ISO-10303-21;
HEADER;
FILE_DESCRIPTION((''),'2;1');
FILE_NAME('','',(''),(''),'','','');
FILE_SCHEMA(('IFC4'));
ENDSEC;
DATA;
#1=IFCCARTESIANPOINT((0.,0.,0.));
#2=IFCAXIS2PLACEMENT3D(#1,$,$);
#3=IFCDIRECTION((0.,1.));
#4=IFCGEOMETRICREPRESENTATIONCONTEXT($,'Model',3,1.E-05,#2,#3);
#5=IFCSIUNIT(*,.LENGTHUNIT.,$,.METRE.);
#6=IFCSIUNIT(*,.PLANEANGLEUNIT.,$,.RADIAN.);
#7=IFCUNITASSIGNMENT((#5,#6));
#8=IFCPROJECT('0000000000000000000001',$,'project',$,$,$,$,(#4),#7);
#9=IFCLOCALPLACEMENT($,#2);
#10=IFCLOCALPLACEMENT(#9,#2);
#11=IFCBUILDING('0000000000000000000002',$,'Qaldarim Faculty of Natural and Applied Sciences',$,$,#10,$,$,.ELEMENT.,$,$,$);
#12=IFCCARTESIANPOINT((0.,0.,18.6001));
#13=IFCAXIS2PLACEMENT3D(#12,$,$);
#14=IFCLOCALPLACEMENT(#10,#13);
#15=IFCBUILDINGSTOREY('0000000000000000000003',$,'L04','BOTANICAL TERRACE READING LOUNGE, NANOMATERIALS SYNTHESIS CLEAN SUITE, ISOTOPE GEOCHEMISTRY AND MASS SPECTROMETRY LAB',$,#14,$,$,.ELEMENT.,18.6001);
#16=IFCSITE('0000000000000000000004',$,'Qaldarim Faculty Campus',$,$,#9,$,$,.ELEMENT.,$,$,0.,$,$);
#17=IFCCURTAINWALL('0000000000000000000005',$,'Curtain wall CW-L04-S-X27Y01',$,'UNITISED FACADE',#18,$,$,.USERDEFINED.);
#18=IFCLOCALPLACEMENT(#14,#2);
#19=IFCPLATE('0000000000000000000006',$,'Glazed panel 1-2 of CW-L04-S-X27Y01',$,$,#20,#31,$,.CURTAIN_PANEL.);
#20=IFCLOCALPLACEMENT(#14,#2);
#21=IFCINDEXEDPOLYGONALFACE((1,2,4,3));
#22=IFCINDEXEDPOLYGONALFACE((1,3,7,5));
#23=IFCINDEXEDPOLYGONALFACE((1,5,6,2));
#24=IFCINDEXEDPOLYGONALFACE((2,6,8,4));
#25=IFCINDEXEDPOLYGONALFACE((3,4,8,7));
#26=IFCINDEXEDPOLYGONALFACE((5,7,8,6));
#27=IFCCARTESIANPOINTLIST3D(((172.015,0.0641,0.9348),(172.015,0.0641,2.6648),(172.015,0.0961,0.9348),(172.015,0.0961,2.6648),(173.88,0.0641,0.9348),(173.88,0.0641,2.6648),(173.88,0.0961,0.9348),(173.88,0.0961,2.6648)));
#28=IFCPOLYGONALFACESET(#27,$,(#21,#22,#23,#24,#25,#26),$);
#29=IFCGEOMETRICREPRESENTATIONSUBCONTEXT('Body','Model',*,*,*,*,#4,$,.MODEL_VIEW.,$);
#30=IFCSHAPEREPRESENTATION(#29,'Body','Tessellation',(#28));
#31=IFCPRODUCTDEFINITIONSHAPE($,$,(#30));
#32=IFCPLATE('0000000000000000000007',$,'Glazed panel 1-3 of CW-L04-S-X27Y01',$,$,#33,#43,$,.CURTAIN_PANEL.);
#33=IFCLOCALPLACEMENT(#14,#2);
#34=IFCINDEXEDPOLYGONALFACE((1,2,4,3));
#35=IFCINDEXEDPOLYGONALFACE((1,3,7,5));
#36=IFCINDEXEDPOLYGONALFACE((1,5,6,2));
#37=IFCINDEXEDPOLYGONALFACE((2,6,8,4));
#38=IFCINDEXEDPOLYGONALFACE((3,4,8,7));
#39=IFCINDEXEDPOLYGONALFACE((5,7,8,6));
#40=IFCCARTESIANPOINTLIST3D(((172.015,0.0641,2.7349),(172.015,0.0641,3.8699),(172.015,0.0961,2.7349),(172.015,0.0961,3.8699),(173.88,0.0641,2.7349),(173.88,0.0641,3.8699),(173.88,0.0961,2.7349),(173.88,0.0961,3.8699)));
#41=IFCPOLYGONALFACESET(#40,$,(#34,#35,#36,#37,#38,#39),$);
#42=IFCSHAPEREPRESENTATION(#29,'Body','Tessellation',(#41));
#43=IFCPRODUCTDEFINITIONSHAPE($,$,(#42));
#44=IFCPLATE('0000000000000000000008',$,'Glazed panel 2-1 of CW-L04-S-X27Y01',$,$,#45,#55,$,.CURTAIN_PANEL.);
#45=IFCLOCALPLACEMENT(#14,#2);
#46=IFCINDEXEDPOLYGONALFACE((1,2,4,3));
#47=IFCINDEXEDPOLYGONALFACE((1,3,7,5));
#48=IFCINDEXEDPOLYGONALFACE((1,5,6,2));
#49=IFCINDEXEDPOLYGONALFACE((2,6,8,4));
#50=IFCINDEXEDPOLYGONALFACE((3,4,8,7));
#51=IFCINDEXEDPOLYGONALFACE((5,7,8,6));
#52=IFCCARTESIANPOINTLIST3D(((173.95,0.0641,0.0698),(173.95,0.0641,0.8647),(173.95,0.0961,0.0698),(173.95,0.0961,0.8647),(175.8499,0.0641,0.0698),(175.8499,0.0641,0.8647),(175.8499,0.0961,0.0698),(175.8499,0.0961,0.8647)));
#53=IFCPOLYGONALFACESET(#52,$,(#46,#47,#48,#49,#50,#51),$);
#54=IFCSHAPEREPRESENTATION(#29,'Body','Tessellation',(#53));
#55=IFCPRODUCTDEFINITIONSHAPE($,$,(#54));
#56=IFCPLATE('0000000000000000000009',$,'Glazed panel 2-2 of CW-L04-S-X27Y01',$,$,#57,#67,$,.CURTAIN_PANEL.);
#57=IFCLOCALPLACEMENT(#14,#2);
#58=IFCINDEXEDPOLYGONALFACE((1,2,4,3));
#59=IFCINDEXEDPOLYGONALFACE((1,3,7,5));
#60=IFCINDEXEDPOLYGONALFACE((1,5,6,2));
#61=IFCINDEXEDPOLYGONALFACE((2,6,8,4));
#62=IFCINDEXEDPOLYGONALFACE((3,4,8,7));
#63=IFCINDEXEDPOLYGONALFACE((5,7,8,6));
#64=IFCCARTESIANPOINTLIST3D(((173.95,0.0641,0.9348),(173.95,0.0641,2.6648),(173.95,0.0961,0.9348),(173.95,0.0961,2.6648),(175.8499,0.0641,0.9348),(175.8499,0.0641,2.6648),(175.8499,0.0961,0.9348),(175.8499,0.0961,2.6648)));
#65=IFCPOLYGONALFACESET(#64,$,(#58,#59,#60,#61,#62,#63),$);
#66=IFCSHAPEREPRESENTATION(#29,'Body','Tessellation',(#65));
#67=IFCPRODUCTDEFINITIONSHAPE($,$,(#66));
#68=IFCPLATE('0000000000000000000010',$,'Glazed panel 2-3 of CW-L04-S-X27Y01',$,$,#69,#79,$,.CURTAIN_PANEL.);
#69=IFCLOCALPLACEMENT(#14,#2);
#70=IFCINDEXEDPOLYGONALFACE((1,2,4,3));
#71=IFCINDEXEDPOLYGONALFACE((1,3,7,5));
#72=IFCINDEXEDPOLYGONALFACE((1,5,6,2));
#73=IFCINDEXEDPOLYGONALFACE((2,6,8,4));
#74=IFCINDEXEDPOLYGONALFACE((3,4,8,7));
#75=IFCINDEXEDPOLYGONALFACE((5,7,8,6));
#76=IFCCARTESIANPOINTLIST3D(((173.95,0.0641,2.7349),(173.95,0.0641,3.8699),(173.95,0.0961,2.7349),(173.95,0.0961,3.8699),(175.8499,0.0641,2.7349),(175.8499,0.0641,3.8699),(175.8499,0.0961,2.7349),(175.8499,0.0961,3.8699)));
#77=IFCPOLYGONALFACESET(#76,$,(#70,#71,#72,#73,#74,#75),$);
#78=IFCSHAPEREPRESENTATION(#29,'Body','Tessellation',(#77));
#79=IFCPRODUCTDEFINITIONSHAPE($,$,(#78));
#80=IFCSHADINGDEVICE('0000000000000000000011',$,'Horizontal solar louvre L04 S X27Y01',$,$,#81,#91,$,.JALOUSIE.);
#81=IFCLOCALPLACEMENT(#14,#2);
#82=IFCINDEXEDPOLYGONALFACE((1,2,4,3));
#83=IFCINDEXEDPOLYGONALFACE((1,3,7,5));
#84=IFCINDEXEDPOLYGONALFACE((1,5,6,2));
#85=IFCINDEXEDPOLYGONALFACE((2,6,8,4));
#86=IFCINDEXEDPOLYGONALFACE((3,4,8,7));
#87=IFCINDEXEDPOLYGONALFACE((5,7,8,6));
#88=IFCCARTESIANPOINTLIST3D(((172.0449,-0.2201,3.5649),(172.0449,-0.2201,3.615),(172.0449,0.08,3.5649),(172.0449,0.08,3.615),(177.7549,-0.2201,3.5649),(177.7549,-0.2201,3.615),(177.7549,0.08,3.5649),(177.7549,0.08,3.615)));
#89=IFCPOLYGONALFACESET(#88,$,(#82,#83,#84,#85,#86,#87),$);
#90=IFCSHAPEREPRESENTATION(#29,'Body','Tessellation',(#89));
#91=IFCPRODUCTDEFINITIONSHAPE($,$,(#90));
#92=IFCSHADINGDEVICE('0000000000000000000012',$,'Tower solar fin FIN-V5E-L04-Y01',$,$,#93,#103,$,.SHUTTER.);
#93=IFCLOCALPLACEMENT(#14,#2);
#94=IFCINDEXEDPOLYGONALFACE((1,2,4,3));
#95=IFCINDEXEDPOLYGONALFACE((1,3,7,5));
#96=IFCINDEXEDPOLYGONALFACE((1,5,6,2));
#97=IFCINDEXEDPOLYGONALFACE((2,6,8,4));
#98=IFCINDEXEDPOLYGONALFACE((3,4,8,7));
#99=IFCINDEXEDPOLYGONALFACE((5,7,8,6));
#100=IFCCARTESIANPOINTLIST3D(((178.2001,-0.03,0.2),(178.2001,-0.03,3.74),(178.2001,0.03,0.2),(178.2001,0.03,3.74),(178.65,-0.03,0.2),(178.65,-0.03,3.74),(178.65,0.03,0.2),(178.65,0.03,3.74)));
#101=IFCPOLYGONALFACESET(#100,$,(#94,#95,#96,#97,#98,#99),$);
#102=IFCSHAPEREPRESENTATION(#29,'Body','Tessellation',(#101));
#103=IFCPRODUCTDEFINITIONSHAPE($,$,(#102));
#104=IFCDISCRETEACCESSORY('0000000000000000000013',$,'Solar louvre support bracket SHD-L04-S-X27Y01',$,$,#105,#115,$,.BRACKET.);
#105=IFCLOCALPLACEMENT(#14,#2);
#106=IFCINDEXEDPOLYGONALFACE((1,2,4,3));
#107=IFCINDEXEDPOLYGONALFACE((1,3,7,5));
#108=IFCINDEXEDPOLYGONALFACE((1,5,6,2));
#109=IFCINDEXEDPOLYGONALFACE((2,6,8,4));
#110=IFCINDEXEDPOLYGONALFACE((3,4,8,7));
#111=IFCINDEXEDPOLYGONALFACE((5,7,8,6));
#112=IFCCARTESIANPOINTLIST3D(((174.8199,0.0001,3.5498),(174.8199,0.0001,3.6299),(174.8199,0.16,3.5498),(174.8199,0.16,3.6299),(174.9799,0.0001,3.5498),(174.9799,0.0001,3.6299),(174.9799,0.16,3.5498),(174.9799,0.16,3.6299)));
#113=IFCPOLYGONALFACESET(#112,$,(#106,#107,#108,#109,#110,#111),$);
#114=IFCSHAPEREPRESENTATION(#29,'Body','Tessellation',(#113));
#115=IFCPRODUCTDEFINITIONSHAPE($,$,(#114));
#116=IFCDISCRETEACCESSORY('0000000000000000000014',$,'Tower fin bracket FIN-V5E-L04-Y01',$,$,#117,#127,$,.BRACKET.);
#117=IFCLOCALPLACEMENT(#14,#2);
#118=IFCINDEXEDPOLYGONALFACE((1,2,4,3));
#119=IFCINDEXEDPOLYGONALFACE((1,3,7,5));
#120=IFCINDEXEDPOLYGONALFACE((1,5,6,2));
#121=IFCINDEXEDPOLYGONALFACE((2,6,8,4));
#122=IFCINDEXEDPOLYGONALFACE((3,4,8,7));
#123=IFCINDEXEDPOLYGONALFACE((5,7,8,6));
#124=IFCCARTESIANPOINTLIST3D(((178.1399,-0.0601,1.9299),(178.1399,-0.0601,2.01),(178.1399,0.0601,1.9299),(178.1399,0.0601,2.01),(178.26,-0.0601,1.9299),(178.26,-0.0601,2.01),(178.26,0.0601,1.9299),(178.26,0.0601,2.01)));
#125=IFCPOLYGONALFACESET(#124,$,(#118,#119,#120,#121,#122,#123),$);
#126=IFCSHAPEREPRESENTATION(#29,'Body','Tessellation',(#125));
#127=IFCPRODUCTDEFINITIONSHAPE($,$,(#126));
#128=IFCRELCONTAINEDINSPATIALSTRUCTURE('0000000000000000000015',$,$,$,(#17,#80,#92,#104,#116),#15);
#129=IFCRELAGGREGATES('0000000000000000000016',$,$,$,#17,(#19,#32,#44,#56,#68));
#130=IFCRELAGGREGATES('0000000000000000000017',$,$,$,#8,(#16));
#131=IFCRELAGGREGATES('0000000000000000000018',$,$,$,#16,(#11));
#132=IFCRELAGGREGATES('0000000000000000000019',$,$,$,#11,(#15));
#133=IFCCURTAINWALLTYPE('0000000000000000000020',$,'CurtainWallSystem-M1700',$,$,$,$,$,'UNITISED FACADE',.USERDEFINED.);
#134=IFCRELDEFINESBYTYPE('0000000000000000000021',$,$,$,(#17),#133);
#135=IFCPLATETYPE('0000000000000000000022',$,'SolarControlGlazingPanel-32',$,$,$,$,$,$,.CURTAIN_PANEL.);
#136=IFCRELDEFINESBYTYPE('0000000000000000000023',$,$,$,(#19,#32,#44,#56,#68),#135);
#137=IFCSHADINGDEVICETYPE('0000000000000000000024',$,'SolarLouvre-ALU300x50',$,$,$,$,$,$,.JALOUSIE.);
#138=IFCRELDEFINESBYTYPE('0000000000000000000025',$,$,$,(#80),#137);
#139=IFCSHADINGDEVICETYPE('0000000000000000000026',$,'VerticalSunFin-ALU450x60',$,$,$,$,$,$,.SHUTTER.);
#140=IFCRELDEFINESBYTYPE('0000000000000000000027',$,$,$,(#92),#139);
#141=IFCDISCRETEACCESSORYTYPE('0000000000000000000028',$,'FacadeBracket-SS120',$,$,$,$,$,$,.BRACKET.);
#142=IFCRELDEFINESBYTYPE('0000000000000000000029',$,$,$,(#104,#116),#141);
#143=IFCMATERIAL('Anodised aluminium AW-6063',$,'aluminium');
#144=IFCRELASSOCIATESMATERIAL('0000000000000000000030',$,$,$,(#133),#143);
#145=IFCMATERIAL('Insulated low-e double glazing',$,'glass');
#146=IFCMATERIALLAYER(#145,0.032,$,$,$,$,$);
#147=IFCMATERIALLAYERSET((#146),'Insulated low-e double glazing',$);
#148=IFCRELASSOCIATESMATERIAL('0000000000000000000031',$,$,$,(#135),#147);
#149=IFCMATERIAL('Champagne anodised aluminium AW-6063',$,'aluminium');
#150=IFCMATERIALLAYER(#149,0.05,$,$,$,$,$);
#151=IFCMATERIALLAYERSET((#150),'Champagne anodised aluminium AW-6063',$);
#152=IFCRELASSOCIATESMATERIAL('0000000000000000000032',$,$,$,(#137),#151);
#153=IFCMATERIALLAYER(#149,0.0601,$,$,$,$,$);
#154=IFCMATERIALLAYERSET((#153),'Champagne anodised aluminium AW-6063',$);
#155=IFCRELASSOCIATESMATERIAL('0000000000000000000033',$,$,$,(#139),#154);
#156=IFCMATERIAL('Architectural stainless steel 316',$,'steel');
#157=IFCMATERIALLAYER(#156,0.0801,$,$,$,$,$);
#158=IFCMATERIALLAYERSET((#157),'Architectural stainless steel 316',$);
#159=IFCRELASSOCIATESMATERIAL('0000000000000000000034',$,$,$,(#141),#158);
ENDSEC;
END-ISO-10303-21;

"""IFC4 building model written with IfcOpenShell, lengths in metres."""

from ifc_helpers import new_model, si_unit, direction, frame, origin, origin_2d, place, context, subcontext, project, spatial, rectangle, extrude, material, layer, layer_set, type_object, element, aggregate, save


model = new_model("IFC4")

# Units and contexts
model_context = context("Model", 3, precision=1e-05, world=origin(), true_north=direction((0.0, 1.0)))
body_context = subcontext(model_context, "Body", "Model", "MODEL_VIEW")
ifc_project = project(units=[si_unit("LENGTHUNIT", "METRE"), si_unit("PLANEANGLEUNIT", "RADIAN")], contexts=[model_context])

# Site, building, storey
site_placement = place(None, origin())
site = spatial("IfcSite", under=ifc_project, at=site_placement, Name="Qaldarim Faculty Campus", CompositionType="ELEMENT", RefElevation=0.0)
building_placement = place(site_placement, origin())
building = spatial("IfcBuilding", under=site, at=building_placement, Name="Qaldarim Faculty of Natural and Applied Sciences", CompositionType="ELEMENT")
storey_placement = place(building_placement, frame((0.0, 0.0, 18.6001)))
storey = spatial("IfcBuildingStorey", under=building, at=storey_placement, Name="L04", Description="BOTANICAL TERRACE READING LOUNGE, NANOMATERIALS SYNTHESIS CLEAN SUITE, ISOTOPE GEOCHEMISTRY AND MASS SPECTROMETRY LAB", CompositionType="ELEMENT", Elevation=18.6001)

# Curtain wall
ifc_material_1 = material(Name="Anodised aluminium AW-6063", Category="aluminium")
curtain_wall_type = type_object("IfcCurtainWallType", Name="CurtainWallSystem-M1700", ElementType="UNITISED FACADE", PredefinedType="USERDEFINED", material=ifc_material_1)
curtain_wall_placement = place(storey_placement, origin())
curtain_wall = element("IfcCurtainWall", 1, at=curtain_wall_placement, inside=storey, type_object=curtain_wall_type, Name="Curtain wall CW-L04-S-X27Y01", ObjectType="UNITISED FACADE", PredefinedType="USERDEFINED")

# Plates
ifc_material_2 = material(Name="Insulated low-e double glazing", Category="glass")
ifc_layer_1 = layer(ifc_material_2, 0.032)
ifc_layer_set_1 = layer_set([ifc_layer_1], Name="Insulated low-e double glazing")
plate_type = type_object("IfcPlateType", Name="SolarControlGlazingPanel-32", PredefinedType="CURTAIN_PANEL", material=ifc_layer_set_1)
plate_1_placement = place(storey_placement, frame((172.9475, 0.0801, 0.9348), z_axis=(0.0, 0.0, 1.0), x_axis=(1.0, 0.0, 0.0)))
plate_1 = element("IfcPlate", 2, at=plate_1_placement, type_object=plate_type, Name="Glazed panel 1-2 of CW-L04-S-X27Y01", PredefinedType="CURTAIN_PANEL", context=body_context, shape_type="SweptSolid", body=[
    extrude(rectangle(XDim=1.865, YDim=0.032, at=origin_2d()), origin(), (0.0, 0.0, 1.0), 1.73),
])
plate_2_placement = place(storey_placement, frame((172.9475, 0.0801, 2.7349), z_axis=(0.0, 0.0, 1.0), x_axis=(1.0, 0.0, 0.0)))
plate_2 = element("IfcPlate", 3, at=plate_2_placement, type_object=plate_type, Name="Glazed panel 1-3 of CW-L04-S-X27Y01", PredefinedType="CURTAIN_PANEL", context=body_context, shape_type="SweptSolid", body=[
    extrude(rectangle(XDim=1.865, YDim=0.032, at=origin_2d()), origin(), (0.0, 0.0, 1.0), 1.135),
])
plate_3_placement = place(storey_placement, frame((174.8999, 0.0801, 0.0698), z_axis=(0.0, 0.0, 1.0), x_axis=(1.0, 0.0, 0.0)))
plate_3 = element("IfcPlate", 4, at=plate_3_placement, type_object=plate_type, Name="Glazed panel 2-1 of CW-L04-S-X27Y01", PredefinedType="CURTAIN_PANEL", context=body_context, shape_type="SweptSolid", body=[
    extrude(rectangle(XDim=1.8999, YDim=0.032, at=origin_2d()), origin(), (0.0, 0.0, 1.0), 0.7949),
])
plate_4_placement = place(storey_placement, frame((174.8999, 0.0801, 0.9348), z_axis=(0.0, 0.0, 1.0), x_axis=(1.0, 0.0, 0.0)))
plate_4 = element("IfcPlate", 5, at=plate_4_placement, type_object=plate_type, Name="Glazed panel 2-2 of CW-L04-S-X27Y01", PredefinedType="CURTAIN_PANEL", context=body_context, shape_type="SweptSolid", body=[
    extrude(rectangle(XDim=1.8999, YDim=0.032, at=origin_2d()), origin(), (0.0, 0.0, 1.0), 1.73),
])
plate_5_placement = place(storey_placement, frame((174.8999, 0.0801, 2.7349), z_axis=(0.0, 0.0, 1.0), x_axis=(1.0, 0.0, 0.0)))
plate_5 = element("IfcPlate", 6, at=plate_5_placement, type_object=plate_type, Name="Glazed panel 2-3 of CW-L04-S-X27Y01", PredefinedType="CURTAIN_PANEL", context=body_context, shape_type="SweptSolid", body=[
    extrude(rectangle(XDim=1.8999, YDim=0.032, at=origin_2d()), origin(), (0.0, 0.0, 1.0), 1.135),
])
aggregate(curtain_wall, [plate_1, plate_2, plate_3, plate_4, plate_5])

# Shading devices
ifc_material_3 = material(Name="Champagne anodised aluminium AW-6063", Category="aluminium")
ifc_layer_2 = layer(ifc_material_3, 0.05)
ifc_layer_set_2 = layer_set([ifc_layer_2], Name="Champagne anodised aluminium AW-6063")
shading_device_type_1 = type_object("IfcShadingDeviceType", Name="SolarLouvre-ALU300x50", PredefinedType="JALOUSIE", material=ifc_layer_set_2)
shading_device_1_placement = place(storey_placement, frame((174.8999, -0.0701, 3.5649), z_axis=(0.0, 0.0, 1.0), x_axis=(1.0, 0.0, 0.0)))
element("IfcShadingDevice", 7, at=shading_device_1_placement, inside=storey, type_object=shading_device_type_1, Name="Horizontal solar louvre L04 S X27Y01", PredefinedType="JALOUSIE", context=body_context, shape_type="SweptSolid", body=[
    extrude(rectangle(XDim=5.71, YDim=0.3, at=origin_2d()), origin(), (0.0, 0.0, 1.0), 0.05),
])
ifc_layer_3 = layer(ifc_material_3, 0.0601)
ifc_layer_set_3 = layer_set([ifc_layer_3], Name="Champagne anodised aluminium AW-6063")
shading_device_type_2 = type_object("IfcShadingDeviceType", Name="VerticalSunFin-ALU450x60", PredefinedType="SHUTTER", material=ifc_layer_set_3)
shading_device_2_placement = place(storey_placement, frame((178.425, 0.0, 0.2), z_axis=(0.0, 0.0, 1.0), x_axis=(1.0, 0.0, 0.0)))
element("IfcShadingDevice", 8, at=shading_device_2_placement, inside=storey, type_object=shading_device_type_2, Name="Tower solar fin FIN-V5E-L04-Y01", PredefinedType="SHUTTER", context=body_context, shape_type="SweptSolid", body=[
    extrude(rectangle(XDim=0.45, YDim=0.0601, at=origin_2d()), origin(), (0.0, 0.0, 1.0), 3.54),
])

# Discrete accessories
ifc_material_4 = material(Name="Architectural stainless steel 316", Category="steel")
ifc_layer_4 = layer(ifc_material_4, 0.0801)
ifc_layer_set_4 = layer_set([ifc_layer_4], Name="Architectural stainless steel 316")
discrete_accessory_type = type_object("IfcDiscreteAccessoryType", Name="FacadeBracket-SS120", PredefinedType="BRACKET", material=ifc_layer_set_4)
discrete_accessory_1_placement = place(storey_placement, frame((174.8999, 0.0801, 3.5498), z_axis=(0.0, 0.0, 1.0), x_axis=(1.0, 0.0, 0.0)))
element("IfcDiscreteAccessory", 9, at=discrete_accessory_1_placement, inside=storey, type_object=discrete_accessory_type, Name="Solar louvre support bracket SHD-L04-S-X27Y01", PredefinedType="BRACKET", context=body_context, shape_type="SweptSolid", body=[
    extrude(rectangle(XDim=0.1599, YDim=0.1599, at=origin_2d()), origin(), (0.0, 0.0, 1.0), 0.0801),
])
discrete_accessory_2_placement = place(storey_placement, frame((178.2, 0.0, 1.9299), z_axis=(0.0, 0.0, 1.0), x_axis=(1.0, 0.0, 0.0)))
element("IfcDiscreteAccessory", 10, at=discrete_accessory_2_placement, inside=storey, type_object=discrete_accessory_type, Name="Tower fin bracket FIN-V5E-L04-Y01", PredefinedType="BRACKET", context=body_context, shape_type="SweptSolid", body=[
    extrude(rectangle(XDim=0.1201, YDim=0.1201, at=origin_2d()), origin(), (0.0, 0.0, 1.0), 0.0801),
])

save(model, "model.ifc")
